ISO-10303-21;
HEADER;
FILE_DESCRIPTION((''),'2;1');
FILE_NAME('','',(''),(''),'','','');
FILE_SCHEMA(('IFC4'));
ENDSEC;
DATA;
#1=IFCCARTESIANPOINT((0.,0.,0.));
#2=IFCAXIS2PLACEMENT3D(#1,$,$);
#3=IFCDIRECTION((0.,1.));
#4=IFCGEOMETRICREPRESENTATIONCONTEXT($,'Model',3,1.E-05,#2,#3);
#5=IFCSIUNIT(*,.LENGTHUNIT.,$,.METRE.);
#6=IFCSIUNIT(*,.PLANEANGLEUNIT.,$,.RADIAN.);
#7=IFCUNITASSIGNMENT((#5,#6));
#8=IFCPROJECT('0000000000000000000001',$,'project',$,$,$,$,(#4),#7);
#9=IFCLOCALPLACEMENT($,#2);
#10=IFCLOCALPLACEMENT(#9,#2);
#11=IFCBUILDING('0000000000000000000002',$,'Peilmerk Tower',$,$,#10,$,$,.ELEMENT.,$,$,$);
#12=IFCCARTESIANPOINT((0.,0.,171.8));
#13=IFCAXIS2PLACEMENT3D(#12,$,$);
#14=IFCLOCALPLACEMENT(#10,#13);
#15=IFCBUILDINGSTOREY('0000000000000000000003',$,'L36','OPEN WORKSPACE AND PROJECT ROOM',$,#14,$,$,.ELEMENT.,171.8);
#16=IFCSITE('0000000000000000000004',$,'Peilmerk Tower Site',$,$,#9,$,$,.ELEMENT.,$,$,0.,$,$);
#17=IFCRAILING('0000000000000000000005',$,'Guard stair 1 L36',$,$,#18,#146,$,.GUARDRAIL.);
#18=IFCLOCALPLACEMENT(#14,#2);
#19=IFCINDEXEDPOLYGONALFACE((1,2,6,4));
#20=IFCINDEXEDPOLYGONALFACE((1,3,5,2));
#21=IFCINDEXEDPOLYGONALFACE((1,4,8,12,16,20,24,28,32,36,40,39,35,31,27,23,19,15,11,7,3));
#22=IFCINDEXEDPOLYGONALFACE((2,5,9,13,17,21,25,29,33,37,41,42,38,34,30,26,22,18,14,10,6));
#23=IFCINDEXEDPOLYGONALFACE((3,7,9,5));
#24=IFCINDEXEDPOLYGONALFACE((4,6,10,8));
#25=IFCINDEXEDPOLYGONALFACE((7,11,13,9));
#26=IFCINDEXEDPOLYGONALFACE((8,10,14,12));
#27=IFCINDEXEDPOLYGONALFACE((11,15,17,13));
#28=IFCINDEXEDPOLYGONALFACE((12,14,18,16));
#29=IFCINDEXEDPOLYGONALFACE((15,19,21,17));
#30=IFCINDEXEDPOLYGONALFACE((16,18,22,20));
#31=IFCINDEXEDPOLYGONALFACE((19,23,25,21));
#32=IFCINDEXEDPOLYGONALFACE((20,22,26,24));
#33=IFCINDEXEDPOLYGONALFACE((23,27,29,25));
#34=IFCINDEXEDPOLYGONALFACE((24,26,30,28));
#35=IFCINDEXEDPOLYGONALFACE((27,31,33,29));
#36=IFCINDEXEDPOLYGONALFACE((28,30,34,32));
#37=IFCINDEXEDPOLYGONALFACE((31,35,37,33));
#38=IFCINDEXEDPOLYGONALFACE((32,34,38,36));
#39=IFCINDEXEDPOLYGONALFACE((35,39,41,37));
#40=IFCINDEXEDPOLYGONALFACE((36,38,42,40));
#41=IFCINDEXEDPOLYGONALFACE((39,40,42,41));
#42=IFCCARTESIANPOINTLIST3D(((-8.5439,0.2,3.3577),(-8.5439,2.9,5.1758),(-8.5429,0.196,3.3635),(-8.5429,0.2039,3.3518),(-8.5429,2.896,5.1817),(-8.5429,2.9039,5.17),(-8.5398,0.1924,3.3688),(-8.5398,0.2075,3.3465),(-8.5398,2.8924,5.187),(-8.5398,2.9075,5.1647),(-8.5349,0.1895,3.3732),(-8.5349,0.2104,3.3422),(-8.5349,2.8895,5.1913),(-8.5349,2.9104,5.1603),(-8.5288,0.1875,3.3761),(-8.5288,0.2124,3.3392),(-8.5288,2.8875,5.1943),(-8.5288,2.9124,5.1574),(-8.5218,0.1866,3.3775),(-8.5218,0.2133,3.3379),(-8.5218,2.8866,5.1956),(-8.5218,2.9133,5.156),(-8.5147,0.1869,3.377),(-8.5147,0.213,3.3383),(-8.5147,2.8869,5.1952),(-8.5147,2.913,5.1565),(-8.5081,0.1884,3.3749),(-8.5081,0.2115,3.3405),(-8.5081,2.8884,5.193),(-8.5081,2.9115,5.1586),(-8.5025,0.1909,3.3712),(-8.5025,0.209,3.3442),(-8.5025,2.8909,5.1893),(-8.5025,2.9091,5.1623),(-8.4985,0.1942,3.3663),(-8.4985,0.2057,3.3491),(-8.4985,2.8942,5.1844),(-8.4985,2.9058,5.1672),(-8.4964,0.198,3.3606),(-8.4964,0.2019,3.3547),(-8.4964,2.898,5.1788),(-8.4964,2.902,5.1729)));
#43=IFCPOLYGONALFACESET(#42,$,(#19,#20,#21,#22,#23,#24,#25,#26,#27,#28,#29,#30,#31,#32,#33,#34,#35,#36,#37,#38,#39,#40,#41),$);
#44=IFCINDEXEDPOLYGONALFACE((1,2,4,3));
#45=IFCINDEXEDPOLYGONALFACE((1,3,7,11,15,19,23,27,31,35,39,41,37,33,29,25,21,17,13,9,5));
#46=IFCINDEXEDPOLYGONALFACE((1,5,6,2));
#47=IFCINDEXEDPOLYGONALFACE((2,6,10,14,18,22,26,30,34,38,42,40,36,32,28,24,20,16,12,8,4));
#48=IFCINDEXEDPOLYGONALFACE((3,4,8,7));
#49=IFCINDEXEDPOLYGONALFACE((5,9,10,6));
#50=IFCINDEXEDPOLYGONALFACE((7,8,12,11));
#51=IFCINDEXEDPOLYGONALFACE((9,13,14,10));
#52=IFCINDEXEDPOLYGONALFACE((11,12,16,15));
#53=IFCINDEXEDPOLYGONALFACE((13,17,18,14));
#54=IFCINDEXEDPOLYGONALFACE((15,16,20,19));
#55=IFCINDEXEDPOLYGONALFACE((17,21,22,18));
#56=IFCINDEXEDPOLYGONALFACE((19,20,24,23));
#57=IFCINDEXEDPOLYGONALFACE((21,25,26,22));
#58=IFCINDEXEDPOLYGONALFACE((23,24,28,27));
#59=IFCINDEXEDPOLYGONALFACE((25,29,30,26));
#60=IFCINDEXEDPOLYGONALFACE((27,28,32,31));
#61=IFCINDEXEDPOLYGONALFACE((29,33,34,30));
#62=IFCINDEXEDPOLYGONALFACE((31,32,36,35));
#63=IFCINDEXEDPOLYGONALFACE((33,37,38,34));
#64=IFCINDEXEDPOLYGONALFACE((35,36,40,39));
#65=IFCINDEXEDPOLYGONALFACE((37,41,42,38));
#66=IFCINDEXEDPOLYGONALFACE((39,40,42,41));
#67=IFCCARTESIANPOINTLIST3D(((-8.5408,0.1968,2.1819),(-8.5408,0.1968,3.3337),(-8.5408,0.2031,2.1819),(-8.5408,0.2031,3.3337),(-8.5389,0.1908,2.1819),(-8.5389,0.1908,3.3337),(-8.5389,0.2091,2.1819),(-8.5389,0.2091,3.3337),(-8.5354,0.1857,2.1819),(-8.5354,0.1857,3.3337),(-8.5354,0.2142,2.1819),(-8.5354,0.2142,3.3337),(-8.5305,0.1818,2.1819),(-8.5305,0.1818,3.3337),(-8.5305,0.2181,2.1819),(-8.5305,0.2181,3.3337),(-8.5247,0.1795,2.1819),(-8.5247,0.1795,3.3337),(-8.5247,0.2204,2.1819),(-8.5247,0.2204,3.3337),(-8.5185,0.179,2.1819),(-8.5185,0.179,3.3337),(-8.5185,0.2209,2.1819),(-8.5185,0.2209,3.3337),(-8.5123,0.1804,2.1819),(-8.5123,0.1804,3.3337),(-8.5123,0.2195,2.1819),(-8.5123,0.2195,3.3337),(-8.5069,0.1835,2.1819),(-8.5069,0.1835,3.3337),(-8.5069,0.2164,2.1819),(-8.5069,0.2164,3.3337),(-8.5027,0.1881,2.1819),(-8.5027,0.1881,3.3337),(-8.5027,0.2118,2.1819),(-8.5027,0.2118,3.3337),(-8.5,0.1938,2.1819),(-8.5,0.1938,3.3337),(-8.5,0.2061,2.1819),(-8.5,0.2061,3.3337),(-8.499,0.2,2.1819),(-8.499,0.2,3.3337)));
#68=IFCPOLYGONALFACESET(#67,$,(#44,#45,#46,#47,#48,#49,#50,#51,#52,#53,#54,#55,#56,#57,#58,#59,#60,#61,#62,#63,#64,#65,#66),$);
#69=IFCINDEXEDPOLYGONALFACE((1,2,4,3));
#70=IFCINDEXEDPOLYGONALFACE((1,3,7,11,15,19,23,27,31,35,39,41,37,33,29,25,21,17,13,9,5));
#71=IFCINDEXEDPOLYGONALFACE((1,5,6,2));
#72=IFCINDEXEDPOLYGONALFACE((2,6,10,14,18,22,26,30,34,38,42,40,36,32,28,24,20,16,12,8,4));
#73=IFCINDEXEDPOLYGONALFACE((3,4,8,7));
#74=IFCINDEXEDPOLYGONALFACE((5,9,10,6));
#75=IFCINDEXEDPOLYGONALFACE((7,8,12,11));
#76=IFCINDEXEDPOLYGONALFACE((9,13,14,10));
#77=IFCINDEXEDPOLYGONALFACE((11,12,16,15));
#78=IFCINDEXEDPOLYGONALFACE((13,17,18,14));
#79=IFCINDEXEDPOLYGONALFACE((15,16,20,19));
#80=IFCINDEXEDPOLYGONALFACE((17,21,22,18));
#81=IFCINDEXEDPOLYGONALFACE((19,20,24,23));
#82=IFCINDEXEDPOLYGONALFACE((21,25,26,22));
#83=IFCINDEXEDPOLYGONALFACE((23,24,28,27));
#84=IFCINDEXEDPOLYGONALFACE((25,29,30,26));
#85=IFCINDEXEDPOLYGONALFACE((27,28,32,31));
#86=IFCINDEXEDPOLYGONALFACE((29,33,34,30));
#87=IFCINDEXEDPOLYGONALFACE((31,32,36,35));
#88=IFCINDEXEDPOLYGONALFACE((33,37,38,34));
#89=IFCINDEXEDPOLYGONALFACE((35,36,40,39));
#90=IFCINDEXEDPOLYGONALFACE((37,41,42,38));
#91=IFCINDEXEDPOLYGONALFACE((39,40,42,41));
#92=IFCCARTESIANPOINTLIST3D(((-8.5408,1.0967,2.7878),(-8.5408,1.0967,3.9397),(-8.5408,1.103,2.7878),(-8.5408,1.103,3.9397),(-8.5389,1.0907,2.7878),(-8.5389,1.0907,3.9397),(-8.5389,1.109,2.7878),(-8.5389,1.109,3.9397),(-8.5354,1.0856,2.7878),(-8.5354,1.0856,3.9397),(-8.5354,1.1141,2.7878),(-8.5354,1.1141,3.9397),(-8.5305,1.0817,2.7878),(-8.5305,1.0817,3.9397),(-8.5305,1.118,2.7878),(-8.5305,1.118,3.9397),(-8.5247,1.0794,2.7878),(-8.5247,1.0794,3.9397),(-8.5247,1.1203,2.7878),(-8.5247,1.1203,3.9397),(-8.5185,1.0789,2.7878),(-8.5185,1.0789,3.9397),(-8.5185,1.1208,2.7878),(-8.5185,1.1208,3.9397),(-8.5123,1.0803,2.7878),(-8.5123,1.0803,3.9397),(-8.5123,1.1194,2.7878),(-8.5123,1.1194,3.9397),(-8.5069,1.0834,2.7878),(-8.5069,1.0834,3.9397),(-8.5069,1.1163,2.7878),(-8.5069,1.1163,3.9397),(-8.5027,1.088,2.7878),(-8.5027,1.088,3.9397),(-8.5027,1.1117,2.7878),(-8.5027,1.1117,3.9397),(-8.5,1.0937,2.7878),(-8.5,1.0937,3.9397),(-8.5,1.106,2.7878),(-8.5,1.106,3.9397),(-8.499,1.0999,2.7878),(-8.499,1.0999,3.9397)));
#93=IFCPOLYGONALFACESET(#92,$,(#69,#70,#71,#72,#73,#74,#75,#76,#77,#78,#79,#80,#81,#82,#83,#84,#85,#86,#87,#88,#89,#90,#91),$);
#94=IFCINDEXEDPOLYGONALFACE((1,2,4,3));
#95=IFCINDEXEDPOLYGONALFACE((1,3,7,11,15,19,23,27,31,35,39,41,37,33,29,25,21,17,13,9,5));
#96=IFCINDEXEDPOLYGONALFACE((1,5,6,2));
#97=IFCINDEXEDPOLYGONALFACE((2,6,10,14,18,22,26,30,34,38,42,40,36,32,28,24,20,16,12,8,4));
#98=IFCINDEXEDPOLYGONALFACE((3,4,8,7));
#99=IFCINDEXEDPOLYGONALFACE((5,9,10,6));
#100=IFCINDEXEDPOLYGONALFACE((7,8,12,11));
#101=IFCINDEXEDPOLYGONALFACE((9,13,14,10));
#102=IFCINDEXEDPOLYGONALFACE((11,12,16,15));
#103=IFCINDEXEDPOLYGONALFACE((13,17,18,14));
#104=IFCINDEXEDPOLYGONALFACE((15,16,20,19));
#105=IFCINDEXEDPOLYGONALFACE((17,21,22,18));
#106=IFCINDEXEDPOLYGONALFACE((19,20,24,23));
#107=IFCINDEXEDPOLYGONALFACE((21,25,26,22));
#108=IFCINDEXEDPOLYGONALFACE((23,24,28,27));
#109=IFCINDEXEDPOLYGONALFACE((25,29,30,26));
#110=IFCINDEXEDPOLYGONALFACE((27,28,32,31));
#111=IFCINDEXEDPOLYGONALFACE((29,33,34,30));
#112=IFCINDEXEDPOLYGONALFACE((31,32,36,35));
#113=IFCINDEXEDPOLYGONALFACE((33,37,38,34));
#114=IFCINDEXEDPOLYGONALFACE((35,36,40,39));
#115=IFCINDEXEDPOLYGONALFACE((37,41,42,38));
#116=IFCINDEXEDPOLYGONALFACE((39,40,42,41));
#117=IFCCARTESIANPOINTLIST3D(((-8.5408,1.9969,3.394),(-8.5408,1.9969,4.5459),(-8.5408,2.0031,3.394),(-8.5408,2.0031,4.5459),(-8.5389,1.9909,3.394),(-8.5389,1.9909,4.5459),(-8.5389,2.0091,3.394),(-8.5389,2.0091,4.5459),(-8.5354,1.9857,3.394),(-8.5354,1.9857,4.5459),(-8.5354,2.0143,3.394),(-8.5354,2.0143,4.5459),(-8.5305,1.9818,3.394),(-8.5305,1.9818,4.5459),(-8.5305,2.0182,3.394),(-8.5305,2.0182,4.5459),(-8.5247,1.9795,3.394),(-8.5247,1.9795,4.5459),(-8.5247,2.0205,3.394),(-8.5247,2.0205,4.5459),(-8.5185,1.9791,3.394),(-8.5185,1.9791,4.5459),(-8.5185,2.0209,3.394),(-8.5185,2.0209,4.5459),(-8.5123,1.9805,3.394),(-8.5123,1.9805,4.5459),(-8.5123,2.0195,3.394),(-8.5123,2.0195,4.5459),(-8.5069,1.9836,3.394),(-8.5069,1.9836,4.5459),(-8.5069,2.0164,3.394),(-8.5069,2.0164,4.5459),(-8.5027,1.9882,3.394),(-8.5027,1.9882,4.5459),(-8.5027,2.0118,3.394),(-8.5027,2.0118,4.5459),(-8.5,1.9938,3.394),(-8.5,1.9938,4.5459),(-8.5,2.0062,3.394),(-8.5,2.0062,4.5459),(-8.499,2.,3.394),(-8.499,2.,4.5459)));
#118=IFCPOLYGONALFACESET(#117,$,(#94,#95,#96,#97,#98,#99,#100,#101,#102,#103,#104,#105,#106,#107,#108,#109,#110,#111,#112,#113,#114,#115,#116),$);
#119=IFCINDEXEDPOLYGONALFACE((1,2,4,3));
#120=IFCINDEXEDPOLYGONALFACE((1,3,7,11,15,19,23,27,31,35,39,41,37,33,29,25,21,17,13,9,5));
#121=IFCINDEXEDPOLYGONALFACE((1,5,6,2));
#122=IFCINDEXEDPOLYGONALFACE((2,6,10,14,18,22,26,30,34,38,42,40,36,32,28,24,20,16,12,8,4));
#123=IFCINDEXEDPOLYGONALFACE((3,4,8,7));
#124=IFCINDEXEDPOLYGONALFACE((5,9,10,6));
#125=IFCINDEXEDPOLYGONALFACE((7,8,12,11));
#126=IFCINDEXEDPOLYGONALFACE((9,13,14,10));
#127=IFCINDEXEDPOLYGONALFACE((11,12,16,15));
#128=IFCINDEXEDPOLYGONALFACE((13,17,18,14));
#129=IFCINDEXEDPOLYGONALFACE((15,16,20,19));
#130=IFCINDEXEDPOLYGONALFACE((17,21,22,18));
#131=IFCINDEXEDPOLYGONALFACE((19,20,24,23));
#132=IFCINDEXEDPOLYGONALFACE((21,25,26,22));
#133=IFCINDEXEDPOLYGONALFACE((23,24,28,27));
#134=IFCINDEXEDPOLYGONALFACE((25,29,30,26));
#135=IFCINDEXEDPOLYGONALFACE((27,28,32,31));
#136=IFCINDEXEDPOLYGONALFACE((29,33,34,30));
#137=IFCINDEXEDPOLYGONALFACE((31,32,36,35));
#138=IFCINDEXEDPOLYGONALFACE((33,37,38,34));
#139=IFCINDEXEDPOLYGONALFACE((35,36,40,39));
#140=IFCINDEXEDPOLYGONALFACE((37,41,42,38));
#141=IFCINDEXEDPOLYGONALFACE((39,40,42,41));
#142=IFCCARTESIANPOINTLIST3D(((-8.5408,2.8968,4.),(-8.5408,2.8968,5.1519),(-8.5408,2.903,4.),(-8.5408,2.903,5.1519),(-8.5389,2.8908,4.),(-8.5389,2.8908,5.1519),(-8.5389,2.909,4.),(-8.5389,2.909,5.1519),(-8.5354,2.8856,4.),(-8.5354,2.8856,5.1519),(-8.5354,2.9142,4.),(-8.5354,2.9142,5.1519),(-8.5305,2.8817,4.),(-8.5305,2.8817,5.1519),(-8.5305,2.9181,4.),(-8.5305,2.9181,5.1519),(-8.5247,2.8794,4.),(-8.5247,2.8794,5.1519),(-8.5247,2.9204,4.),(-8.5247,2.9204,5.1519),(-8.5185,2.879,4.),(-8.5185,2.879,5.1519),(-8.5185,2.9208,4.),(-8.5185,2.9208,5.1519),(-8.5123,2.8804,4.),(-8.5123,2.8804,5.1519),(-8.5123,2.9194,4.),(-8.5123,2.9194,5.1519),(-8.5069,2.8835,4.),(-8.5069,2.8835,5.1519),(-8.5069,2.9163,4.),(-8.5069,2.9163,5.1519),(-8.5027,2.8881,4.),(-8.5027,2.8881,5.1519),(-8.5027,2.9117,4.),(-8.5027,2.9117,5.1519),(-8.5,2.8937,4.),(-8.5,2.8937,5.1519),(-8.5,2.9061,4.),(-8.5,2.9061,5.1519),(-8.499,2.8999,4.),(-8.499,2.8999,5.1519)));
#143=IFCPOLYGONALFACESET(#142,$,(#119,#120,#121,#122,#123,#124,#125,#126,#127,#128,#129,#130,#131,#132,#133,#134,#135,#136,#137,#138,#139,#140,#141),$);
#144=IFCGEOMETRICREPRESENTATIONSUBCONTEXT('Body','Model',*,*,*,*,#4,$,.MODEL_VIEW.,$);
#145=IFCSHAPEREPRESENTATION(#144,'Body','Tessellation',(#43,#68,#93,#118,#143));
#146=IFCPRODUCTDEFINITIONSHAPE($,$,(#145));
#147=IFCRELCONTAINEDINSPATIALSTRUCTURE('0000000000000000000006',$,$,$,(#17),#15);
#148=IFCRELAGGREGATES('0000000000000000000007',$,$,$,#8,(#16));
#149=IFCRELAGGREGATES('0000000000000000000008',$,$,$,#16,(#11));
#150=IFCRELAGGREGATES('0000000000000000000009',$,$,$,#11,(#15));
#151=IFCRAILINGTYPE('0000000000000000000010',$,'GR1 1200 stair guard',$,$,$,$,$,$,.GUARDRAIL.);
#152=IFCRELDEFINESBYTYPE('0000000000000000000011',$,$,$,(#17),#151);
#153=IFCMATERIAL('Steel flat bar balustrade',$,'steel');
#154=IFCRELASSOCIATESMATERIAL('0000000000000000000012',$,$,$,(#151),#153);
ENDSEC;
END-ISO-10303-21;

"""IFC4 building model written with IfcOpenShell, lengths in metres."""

from ifc_helpers import new_model, si_unit, direction, frame, origin, origin_2d, place, context, subcontext, project, spatial, circle, extrude, material, type_object, element, save


model = new_model("IFC4")

# Units and contexts
model_context = context("Model", 3, precision=1e-05, world=origin(), true_north=direction((0.0, 1.0)))
body_context = subcontext(model_context, "Body", "Model", "MODEL_VIEW")
ifc_project = project(units=[si_unit("LENGTHUNIT", "METRE"), si_unit("PLANEANGLEUNIT", "RADIAN")], contexts=[model_context])

# Site, building, storey
site_placement = place(None, origin())
site = spatial("IfcSite", under=ifc_project, at=site_placement, Name="Peilmerk Tower Site", CompositionType="ELEMENT", RefElevation=0.0)
building_placement = place(site_placement, origin())
building = spatial("IfcBuilding", under=site, at=building_placement, Name="Peilmerk Tower", CompositionType="ELEMENT")
storey_placement = place(building_placement, frame((0.0, 0.0, 171.8)))
storey = spatial("IfcBuildingStorey", under=building, at=storey_placement, Name="L36", Description="OPEN WORKSPACE AND PROJECT ROOM", CompositionType="ELEMENT", Elevation=171.8)

# Railing
ifc_material_1 = material(Name="Steel flat bar balustrade", Category="steel")
railing_type_1 = type_object("IfcRailingType", Name="GR1 1200 stair guard", PredefinedType="GUARDRAIL", material=ifc_material_1)
railing_1_placement = place(storey_placement, frame((-8.52, 0.2, 2.1819)))
element("IfcRailing", 1, at=railing_1_placement, inside=storey, type_object=railing_type_1, Name="Guard stair 1 L36", PredefinedType="GUARDRAIL", context=body_context, shape_type="SweptSolid", body=[
    extrude(circle(Radius=0.0239, at=origin_2d()), frame((0.0, 0.0, 1.1758), z_axis=(0.0, 0.829468, 0.558554), x_axis=(-1.0, 0.0, 0.0)), (0.0, 0.0, 1.0), 3.2551),
    extrude(circle(Radius=0.021, at=origin_2d()), origin(), (0.0, 0.0, 1.0), 1.1519),
    extrude(circle(Radius=0.021, at=origin_2d()), frame((0.0, 0.8999, 0.606)), (0.0, 0.0, 1.0), 1.1519),
    extrude(circle(Radius=0.021, at=origin_2d()), frame((0.0, 1.8, 1.2122)), (0.0, 0.0, 1.0), 1.1519),
    extrude(circle(Radius=0.021, at=origin_2d()), frame((0.0, 2.7, 1.8181)), (0.0, 0.0, 1.0), 1.1519),
])

save(model, "model.ifc")
